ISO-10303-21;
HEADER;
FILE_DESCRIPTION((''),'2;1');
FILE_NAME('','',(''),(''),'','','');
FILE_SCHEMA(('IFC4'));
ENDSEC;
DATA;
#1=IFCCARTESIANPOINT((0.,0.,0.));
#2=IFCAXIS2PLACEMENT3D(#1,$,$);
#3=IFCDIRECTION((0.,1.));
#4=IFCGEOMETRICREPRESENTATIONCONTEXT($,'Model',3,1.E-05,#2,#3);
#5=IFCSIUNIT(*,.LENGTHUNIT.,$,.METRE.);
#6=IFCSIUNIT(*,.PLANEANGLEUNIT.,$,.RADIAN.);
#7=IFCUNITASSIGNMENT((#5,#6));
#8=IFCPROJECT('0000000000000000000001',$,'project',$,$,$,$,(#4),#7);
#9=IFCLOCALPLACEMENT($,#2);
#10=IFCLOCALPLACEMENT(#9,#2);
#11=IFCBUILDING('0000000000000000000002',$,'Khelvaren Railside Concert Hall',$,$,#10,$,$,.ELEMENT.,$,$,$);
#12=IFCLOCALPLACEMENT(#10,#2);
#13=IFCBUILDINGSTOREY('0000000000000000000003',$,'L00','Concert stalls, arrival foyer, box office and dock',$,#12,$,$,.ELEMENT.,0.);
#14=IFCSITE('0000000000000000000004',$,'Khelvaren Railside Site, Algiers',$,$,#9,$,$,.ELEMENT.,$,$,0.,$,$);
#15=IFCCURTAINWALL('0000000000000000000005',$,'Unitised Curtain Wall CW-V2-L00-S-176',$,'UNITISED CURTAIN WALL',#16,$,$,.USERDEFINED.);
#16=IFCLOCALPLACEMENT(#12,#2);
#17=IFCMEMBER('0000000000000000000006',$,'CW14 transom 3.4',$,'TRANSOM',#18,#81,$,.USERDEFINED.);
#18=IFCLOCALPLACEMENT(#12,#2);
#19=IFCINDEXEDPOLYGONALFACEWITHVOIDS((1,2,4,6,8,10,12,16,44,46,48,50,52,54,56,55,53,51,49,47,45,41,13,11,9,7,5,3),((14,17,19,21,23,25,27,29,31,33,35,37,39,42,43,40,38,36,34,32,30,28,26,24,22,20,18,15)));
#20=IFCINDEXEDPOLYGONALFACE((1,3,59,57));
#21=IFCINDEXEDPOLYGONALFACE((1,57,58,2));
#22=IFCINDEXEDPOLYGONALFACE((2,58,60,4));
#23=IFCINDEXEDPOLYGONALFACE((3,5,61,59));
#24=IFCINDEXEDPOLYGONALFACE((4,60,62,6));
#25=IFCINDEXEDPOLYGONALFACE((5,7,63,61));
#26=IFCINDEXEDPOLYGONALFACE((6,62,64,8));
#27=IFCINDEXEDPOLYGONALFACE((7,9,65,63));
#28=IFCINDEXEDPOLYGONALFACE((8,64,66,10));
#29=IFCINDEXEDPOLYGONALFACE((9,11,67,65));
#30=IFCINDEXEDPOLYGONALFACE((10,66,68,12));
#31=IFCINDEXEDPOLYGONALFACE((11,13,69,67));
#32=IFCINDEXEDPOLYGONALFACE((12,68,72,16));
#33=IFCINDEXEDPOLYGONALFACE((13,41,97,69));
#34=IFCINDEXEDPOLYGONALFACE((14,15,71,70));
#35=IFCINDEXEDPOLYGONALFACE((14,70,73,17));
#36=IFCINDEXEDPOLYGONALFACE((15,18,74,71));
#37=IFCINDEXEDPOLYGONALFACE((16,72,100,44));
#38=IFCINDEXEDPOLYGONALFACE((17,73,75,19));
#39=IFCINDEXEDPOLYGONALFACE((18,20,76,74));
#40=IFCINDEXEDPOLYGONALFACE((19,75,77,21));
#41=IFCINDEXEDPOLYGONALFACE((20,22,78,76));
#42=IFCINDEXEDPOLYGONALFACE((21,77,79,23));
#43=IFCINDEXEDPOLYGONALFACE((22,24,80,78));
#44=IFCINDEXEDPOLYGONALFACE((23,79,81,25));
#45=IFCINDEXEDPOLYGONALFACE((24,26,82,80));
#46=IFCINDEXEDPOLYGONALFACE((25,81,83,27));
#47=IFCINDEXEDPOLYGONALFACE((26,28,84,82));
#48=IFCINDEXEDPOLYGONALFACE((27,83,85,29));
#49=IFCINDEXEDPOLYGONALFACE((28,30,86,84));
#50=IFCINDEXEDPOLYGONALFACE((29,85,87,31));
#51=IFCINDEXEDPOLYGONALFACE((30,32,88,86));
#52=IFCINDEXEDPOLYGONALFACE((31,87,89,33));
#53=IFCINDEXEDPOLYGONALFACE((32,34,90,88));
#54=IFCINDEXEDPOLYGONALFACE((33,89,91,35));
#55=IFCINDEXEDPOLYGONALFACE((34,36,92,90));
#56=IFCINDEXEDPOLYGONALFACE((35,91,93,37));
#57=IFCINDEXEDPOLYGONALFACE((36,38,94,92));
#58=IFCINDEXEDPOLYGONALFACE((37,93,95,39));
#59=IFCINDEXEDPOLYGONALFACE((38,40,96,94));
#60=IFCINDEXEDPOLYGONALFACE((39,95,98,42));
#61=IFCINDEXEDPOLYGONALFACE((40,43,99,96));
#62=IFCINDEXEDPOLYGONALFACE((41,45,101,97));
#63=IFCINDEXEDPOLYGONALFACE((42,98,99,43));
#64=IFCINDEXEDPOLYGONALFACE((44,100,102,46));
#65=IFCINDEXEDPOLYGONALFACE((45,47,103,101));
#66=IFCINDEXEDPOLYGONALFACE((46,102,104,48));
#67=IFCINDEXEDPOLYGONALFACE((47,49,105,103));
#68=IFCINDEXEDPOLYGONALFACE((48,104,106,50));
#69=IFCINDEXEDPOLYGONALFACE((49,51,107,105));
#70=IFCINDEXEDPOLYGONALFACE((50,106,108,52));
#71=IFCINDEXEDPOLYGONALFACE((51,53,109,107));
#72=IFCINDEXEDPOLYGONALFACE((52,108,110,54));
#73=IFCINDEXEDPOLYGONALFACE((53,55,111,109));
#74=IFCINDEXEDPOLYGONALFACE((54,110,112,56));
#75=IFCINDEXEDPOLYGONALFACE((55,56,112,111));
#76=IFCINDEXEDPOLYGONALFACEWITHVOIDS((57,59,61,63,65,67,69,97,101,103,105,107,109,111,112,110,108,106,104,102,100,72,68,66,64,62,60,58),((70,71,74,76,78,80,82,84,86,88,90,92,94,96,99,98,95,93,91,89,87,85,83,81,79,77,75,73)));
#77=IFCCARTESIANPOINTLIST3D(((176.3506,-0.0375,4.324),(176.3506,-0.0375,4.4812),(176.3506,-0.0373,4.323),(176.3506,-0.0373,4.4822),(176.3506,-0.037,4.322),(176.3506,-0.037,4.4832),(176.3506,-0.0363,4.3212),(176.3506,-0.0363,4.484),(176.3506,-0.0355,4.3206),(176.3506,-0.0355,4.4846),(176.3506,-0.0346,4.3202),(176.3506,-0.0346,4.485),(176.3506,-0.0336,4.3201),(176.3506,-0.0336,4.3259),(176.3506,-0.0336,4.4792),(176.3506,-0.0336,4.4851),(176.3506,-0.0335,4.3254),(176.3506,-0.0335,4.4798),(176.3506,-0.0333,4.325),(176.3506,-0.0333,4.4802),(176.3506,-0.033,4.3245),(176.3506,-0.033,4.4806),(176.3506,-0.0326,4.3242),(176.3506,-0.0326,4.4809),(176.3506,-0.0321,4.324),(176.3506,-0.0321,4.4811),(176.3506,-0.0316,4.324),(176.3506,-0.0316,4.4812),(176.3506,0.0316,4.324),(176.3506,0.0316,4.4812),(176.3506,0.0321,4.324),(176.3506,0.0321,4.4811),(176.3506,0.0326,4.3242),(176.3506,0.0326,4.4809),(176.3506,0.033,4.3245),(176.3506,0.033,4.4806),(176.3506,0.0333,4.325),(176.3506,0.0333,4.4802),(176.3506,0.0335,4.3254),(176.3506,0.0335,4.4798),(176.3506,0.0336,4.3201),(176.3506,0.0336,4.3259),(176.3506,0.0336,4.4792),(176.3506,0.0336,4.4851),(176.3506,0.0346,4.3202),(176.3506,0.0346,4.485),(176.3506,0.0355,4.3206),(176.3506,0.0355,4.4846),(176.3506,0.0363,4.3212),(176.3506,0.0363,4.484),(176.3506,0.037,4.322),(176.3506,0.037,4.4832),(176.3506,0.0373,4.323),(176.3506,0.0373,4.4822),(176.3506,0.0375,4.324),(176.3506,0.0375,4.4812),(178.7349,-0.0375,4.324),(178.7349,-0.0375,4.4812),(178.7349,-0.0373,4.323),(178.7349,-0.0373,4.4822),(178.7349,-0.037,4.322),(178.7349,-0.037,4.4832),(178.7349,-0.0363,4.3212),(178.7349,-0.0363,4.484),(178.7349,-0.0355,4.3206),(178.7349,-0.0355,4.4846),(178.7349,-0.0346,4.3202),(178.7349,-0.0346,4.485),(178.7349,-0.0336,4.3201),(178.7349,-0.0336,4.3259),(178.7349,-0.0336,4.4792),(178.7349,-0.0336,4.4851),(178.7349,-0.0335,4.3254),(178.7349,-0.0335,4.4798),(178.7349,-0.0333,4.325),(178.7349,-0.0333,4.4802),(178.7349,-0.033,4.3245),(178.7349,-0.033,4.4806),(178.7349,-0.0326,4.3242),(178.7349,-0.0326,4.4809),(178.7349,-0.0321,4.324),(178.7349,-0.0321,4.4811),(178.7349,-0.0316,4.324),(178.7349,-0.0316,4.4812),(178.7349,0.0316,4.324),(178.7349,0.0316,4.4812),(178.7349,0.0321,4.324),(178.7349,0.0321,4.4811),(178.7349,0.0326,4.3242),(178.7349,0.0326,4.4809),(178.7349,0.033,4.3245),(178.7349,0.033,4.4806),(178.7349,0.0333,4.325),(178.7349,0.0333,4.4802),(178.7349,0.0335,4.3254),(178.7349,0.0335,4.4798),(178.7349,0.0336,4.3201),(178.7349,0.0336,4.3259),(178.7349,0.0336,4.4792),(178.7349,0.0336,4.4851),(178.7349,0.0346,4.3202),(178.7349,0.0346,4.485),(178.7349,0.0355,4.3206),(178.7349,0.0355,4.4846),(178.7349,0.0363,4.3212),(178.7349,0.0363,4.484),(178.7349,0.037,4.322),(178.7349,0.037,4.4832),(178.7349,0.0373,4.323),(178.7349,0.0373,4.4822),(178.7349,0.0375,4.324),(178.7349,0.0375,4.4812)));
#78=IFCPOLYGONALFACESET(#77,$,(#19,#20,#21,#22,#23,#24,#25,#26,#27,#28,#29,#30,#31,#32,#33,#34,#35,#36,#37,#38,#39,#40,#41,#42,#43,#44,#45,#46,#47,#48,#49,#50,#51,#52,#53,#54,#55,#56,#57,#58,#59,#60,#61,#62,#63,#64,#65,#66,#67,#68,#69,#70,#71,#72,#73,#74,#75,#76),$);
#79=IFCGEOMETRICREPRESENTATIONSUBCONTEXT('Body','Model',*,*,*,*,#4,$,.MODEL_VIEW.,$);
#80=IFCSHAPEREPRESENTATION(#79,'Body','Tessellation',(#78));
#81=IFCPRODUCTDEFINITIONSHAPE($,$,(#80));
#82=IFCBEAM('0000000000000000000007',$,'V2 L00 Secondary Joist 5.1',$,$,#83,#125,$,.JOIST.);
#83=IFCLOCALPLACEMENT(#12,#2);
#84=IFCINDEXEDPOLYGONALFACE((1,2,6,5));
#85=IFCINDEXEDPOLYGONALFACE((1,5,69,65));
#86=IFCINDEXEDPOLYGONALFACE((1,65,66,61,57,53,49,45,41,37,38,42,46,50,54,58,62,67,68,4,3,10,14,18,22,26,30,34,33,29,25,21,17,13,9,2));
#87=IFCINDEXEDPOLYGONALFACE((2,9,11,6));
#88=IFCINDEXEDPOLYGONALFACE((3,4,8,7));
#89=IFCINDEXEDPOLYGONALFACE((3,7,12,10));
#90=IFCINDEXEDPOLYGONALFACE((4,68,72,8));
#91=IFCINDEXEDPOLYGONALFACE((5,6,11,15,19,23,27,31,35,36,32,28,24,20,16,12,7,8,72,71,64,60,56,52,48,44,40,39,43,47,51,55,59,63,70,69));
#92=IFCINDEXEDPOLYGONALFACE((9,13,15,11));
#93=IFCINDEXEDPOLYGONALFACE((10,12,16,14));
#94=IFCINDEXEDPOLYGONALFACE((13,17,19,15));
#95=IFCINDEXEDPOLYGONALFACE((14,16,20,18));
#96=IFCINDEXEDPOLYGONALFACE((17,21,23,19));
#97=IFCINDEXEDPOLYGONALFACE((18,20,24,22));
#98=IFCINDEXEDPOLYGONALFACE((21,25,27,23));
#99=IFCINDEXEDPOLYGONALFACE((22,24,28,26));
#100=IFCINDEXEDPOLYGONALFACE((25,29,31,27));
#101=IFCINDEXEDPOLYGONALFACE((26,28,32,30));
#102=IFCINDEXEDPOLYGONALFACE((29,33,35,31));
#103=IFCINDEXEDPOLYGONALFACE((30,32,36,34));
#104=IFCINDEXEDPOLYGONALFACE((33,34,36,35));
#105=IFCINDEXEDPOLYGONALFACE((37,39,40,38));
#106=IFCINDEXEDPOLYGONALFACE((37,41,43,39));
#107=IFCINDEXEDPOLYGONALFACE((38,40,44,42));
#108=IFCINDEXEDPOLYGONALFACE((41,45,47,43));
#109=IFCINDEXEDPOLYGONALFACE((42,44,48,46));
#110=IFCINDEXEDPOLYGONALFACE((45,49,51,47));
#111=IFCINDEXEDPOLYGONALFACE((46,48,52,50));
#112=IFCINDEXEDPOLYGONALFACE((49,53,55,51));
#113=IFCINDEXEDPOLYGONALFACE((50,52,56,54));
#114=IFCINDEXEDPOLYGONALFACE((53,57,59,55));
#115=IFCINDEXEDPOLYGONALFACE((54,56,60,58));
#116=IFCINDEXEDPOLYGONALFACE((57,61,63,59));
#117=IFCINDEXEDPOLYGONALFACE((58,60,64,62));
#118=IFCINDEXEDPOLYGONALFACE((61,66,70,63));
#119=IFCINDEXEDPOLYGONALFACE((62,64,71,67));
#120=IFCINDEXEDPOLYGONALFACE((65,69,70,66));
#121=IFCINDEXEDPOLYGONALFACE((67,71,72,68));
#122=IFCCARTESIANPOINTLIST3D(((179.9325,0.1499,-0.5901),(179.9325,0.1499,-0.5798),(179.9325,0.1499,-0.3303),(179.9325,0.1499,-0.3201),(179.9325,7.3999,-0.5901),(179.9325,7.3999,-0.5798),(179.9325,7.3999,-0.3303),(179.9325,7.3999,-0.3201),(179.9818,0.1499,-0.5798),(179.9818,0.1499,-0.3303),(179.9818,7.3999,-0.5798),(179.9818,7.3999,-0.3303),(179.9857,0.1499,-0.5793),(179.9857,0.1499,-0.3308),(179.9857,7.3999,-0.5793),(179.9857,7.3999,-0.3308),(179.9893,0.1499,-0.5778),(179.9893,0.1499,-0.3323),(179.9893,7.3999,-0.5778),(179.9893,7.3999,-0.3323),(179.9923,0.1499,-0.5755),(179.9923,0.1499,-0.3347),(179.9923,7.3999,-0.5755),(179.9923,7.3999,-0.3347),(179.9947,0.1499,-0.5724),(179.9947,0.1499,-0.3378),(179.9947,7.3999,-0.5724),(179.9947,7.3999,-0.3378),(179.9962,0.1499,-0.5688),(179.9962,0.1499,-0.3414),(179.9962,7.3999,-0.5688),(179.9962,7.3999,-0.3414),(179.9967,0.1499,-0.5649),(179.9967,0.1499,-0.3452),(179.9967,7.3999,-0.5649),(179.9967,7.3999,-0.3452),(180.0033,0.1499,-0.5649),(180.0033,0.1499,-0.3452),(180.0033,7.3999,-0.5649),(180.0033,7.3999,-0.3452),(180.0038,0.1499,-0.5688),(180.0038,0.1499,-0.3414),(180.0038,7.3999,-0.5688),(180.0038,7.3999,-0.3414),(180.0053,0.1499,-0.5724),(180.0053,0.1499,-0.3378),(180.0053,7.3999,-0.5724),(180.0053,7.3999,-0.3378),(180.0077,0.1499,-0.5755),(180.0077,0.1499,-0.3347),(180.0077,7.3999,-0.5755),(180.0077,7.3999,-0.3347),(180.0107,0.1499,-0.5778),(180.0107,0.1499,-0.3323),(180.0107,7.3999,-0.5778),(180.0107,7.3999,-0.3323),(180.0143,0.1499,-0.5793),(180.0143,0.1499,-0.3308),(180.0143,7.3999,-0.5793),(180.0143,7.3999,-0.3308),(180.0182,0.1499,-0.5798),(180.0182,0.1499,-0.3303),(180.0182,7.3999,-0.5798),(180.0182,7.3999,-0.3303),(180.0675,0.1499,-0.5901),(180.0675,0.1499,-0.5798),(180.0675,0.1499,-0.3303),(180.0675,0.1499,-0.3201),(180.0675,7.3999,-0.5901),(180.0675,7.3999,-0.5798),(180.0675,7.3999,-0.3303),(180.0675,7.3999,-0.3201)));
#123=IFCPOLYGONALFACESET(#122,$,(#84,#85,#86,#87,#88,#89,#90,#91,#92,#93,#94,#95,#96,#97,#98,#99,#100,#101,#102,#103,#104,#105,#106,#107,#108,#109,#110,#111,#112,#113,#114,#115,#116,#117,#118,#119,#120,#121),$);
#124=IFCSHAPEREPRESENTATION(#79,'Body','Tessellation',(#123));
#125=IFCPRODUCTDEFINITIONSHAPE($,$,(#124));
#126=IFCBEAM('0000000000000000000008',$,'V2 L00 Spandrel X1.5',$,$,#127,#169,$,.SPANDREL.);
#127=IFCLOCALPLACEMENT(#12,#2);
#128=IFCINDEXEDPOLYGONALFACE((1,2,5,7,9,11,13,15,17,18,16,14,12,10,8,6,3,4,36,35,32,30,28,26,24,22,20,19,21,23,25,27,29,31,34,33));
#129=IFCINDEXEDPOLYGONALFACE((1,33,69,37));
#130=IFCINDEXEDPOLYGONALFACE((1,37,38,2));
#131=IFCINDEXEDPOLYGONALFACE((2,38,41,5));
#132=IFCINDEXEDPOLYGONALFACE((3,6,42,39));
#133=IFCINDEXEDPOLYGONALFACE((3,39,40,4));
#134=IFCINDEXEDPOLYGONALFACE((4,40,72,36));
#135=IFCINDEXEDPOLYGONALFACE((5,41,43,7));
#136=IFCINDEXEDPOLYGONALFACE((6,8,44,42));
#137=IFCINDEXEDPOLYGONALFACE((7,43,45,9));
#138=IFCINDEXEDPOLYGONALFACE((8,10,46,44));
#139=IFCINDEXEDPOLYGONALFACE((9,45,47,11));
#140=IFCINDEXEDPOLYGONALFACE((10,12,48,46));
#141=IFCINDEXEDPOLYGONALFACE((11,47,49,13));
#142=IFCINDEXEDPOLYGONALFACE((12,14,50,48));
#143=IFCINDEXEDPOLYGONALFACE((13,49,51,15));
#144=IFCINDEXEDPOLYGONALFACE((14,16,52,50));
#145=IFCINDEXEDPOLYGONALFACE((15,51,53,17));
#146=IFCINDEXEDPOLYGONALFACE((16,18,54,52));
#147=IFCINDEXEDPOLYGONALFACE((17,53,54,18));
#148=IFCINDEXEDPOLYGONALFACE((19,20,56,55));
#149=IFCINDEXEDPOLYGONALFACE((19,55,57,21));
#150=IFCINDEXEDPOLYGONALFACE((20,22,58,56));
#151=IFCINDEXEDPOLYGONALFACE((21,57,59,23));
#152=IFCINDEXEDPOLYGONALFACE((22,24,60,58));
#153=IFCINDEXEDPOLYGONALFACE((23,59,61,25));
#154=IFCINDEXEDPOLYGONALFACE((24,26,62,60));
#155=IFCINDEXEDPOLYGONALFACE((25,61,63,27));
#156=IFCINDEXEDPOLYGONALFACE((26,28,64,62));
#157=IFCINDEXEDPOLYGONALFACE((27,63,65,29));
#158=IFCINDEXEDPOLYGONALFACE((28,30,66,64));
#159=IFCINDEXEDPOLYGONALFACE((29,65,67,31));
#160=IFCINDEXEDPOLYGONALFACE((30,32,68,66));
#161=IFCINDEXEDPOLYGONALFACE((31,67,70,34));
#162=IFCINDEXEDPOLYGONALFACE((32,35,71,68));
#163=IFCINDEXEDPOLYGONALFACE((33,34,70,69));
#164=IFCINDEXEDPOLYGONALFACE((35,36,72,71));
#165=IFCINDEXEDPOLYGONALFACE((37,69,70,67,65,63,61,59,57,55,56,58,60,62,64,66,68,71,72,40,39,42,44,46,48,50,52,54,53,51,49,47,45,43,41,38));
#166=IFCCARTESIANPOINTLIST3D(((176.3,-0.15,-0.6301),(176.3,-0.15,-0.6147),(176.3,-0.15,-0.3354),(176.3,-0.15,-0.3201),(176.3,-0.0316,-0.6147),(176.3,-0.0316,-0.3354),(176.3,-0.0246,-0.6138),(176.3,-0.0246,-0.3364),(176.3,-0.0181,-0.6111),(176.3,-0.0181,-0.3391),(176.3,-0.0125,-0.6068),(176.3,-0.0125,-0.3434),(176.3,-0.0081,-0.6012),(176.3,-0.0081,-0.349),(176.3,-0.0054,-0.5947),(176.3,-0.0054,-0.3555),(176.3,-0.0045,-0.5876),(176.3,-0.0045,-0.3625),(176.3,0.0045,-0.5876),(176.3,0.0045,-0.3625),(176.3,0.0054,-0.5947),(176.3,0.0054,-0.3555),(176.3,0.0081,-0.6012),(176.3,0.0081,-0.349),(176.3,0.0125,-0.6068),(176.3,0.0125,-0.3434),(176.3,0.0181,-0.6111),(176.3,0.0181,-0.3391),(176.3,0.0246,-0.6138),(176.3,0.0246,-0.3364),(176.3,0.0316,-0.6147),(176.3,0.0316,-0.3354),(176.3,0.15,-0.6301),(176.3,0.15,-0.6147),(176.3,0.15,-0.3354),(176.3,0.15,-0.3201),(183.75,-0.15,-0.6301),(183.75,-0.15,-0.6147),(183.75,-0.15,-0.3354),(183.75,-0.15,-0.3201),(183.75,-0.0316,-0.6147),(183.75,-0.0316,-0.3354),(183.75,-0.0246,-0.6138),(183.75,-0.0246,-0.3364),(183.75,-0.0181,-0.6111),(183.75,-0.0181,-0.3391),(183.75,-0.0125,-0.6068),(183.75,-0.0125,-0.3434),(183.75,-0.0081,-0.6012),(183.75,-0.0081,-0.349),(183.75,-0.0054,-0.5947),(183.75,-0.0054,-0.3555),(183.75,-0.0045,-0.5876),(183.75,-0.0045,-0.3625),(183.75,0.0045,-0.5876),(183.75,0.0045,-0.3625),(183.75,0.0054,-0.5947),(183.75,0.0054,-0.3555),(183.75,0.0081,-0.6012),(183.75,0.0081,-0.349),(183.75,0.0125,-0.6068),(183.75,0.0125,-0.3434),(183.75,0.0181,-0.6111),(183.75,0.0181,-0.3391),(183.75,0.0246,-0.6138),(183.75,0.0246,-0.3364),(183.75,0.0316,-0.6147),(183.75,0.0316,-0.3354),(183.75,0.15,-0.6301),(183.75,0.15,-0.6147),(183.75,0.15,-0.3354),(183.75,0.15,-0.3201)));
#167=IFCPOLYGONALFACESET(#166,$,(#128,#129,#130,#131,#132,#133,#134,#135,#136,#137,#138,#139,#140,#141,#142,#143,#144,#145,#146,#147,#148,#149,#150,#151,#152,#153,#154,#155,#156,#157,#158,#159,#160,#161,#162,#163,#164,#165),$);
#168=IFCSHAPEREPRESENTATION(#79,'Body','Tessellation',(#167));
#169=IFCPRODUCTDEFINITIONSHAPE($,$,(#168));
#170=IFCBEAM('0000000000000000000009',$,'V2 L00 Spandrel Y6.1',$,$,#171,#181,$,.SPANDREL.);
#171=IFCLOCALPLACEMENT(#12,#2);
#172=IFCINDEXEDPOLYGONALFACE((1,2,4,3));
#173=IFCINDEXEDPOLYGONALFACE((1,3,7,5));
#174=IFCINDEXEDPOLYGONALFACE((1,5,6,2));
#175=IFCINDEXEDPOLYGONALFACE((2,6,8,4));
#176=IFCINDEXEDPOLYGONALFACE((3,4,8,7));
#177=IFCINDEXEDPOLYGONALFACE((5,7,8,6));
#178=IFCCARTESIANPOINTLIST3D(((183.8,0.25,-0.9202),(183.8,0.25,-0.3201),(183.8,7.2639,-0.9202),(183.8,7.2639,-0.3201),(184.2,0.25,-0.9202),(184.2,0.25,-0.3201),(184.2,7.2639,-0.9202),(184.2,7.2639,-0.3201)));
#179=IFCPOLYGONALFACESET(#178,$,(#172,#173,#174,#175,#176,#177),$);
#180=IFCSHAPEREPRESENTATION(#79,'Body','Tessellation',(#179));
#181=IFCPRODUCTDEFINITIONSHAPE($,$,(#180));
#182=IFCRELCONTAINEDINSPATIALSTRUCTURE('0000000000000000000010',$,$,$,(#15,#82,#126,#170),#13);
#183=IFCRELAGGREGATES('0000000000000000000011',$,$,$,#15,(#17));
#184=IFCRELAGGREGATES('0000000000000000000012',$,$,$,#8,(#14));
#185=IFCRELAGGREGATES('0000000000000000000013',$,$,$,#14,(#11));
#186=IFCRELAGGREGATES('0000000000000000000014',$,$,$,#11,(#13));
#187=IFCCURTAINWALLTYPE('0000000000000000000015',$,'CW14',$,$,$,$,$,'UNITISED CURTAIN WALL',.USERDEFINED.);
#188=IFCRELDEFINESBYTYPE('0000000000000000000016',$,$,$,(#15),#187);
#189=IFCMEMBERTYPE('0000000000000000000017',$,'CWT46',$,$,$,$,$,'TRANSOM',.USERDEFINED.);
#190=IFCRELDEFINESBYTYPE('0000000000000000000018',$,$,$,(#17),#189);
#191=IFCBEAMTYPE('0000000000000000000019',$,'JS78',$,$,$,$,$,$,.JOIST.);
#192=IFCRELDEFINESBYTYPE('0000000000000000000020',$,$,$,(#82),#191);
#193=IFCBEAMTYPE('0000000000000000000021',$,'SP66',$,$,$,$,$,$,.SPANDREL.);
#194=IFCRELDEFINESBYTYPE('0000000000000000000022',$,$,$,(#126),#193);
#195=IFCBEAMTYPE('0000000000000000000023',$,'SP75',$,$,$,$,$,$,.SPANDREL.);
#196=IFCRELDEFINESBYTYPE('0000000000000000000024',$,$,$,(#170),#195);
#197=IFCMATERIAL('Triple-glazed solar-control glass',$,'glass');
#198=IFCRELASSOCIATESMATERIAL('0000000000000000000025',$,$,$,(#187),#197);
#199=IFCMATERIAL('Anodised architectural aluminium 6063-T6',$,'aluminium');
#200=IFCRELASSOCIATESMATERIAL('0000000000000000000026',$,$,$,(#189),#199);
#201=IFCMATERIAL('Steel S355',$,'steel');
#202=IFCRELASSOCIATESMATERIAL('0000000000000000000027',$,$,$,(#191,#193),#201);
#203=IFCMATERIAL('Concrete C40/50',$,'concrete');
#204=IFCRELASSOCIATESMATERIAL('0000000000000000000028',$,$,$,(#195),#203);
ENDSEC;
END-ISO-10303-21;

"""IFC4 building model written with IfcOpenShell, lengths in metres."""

from ifc_helpers import new_model, si_unit, direction, frame, origin, origin_2d, place, context, subcontext, project, spatial, rectangle, hollow_rectangle, i_section, extrude, material, material_profile, profile_set, type_object, element, aggregate, save


model = new_model("IFC4")

# Units and contexts
model_context = context("Model", 3, precision=1e-05, world=origin(), true_north=direction((0.0, 1.0)))
body_context = subcontext(model_context, "Body", "Model", "MODEL_VIEW")
ifc_project = project(units=[si_unit("LENGTHUNIT", "METRE"), si_unit("PLANEANGLEUNIT", "RADIAN")], contexts=[model_context])

# Site, building, storey
site_placement = place(None, origin())
site = spatial("IfcSite", under=ifc_project, at=site_placement, Name="Khelvaren Railside Site, Algiers", CompositionType="ELEMENT", RefElevation=0.0)
building_placement = place(site_placement, origin())
building = spatial("IfcBuilding", under=site, at=building_placement, Name="Khelvaren Railside Concert Hall", CompositionType="ELEMENT")
storey_placement = place(building_placement, origin())
storey = spatial("IfcBuildingStorey", under=building, at=storey_placement, Name="L00", Description="Concert stalls, arrival foyer, box office and dock", CompositionType="ELEMENT", Elevation=0.0)

# Shared definitions
ifc_material_1 = material(Name="Steel S355", Category="steel")

# Shared definitions
ifc_material_2 = material(Name="Concrete C40/50", Category="concrete")

# Curtain wall
ifc_material_3 = material(Name="Triple-glazed solar-control glass", Category="glass")
curtain_wall_type_1 = type_object("IfcCurtainWallType", Name="CW14", ElementType="UNITISED CURTAIN WALL", PredefinedType="USERDEFINED", material=ifc_material_3)
curtain_wall_1_placement = place(storey_placement, origin())
curtain_wall_1 = element("IfcCurtainWall", 1, at=curtain_wall_1_placement, inside=storey, type_object=curtain_wall_type_1, Name="Unitised Curtain Wall CW-V2-L00-S-176", ObjectType="UNITISED CURTAIN WALL", PredefinedType="USERDEFINED")
ifc_material_4 = material(Name="Anodised architectural aluminium 6063-T6", Category="aluminium")

# Member
ifc_material_profile_1 = material_profile(ifc_material_4, hollow_rectangle(XDim=0.075, YDim=0.165, WallThickness=0.0039, InnerFilletRadius=0.002, OuterFilletRadius=0.0039, at=origin_2d()), Name="CWT 75x165x4")
ifc_profile_set_1 = profile_set([ifc_material_profile_1], Name="Anodised architectural aluminium 6063-T6")
member_type_1 = type_object("IfcMemberType", Name="CWT46", ElementType="TRANSOM", PredefinedType="USERDEFINED", material=ifc_profile_set_1)
member_1_placement = place(storey_placement, frame((178.7349, 0.0, 4.4026), z_axis=(-1.0, 0.0, 0.0), x_axis=(0.0, -1.0, 0.0)))
member_1 = element("IfcMember", 2, at=member_1_placement, type_object=member_type_1, Name="CW14 transom 3.4", ObjectType="TRANSOM", PredefinedType="USERDEFINED", context=body_context, shape_type="SweptSolid", body=[
    extrude(hollow_rectangle(XDim=0.075, YDim=0.165, WallThickness=0.0039, InnerFilletRadius=0.002, OuterFilletRadius=0.0039, at=origin_2d()), origin(), (0.0, 0.0, 1.0), 2.3843),
])

# Beams
ifc_material_profile_2 = material_profile(ifc_material_1, i_section(OverallWidth=0.135, OverallDepth=0.27, WebThickness=0.0066, FlangeThickness=0.0103, FilletRadius=0.0149, at=origin_2d()), Name="IPE 270")
ifc_profile_set_2 = profile_set([ifc_material_profile_2], Name="Steel S355")
beam_type_1 = type_object("IfcBeamType", Name="JS78", PredefinedType="JOIST", material=ifc_profile_set_2)
beam_1_placement = place(storey_placement, frame((180.0, 0.1499, -0.4551), z_axis=(0.0, 1.0, 0.0), x_axis=(-1.0, 0.0, 0.0)))
element("IfcBeam", 3, at=beam_1_placement, inside=storey, type_object=beam_type_1, Name="V2 L00 Secondary Joist 5.1", PredefinedType="JOIST", context=body_context, shape_type="SweptSolid", body=[
    extrude(i_section(OverallWidth=0.135, OverallDepth=0.27, WebThickness=0.0066, FlangeThickness=0.0103, FilletRadius=0.0149, at=origin_2d()), origin(), (0.0, 0.0, 1.0), 7.25),
])
ifc_material_profile_3 = material_profile(ifc_material_1, i_section(OverallWidth=0.3, OverallDepth=0.3101, WebThickness=0.009, FlangeThickness=0.0154, FilletRadius=0.0271, at=origin_2d()), Name="HEA 320")
ifc_profile_set_3 = profile_set([ifc_material_profile_3], Name="Steel S355")
beam_type_2 = type_object("IfcBeamType", Name="SP66", PredefinedType="SPANDREL", material=ifc_profile_set_3)
beam_2_placement = place(storey_placement, frame((176.3, 0.0, -0.4751), z_axis=(1.0, 0.0, 0.0), x_axis=(0.0, 1.0, 0.0)))
element("IfcBeam", 4, at=beam_2_placement, inside=storey, type_object=beam_type_2, Name="V2 L00 Spandrel X1.5", PredefinedType="SPANDREL", context=body_context, shape_type="SweptSolid", body=[
    extrude(i_section(OverallWidth=0.3, OverallDepth=0.3101, WebThickness=0.009, FlangeThickness=0.0154, FilletRadius=0.0271, at=origin_2d()), origin(), (0.0, 0.0, 1.0), 7.45),
])
ifc_material_profile_4 = material_profile(ifc_material_2, rectangle(XDim=0.3999, YDim=0.6001, at=origin_2d()), Name="RCB 400x600")
ifc_profile_set_4 = profile_set([ifc_material_profile_4], Name="Concrete C40/50")
beam_type_3 = type_object("IfcBeamType", Name="SP75", PredefinedType="SPANDREL", material=ifc_profile_set_4)
beam_3_placement = place(storey_placement, frame((184.0, 0.25, -0.6201), z_axis=(0.0, 1.0, 0.0), x_axis=(-1.0, 0.0, 0.0)))
element("IfcBeam", 5, at=beam_3_placement, inside=storey, type_object=beam_type_3, Name="V2 L00 Spandrel Y6.1", PredefinedType="SPANDREL", context=body_context, shape_type="SweptSolid", body=[
    extrude(rectangle(XDim=0.3999, YDim=0.6001, at=origin_2d()), origin(), (0.0, 0.0, 1.0), 7.0139),
])

aggregate(curtain_wall_1, [member_1])

save(model, "model.ifc")
